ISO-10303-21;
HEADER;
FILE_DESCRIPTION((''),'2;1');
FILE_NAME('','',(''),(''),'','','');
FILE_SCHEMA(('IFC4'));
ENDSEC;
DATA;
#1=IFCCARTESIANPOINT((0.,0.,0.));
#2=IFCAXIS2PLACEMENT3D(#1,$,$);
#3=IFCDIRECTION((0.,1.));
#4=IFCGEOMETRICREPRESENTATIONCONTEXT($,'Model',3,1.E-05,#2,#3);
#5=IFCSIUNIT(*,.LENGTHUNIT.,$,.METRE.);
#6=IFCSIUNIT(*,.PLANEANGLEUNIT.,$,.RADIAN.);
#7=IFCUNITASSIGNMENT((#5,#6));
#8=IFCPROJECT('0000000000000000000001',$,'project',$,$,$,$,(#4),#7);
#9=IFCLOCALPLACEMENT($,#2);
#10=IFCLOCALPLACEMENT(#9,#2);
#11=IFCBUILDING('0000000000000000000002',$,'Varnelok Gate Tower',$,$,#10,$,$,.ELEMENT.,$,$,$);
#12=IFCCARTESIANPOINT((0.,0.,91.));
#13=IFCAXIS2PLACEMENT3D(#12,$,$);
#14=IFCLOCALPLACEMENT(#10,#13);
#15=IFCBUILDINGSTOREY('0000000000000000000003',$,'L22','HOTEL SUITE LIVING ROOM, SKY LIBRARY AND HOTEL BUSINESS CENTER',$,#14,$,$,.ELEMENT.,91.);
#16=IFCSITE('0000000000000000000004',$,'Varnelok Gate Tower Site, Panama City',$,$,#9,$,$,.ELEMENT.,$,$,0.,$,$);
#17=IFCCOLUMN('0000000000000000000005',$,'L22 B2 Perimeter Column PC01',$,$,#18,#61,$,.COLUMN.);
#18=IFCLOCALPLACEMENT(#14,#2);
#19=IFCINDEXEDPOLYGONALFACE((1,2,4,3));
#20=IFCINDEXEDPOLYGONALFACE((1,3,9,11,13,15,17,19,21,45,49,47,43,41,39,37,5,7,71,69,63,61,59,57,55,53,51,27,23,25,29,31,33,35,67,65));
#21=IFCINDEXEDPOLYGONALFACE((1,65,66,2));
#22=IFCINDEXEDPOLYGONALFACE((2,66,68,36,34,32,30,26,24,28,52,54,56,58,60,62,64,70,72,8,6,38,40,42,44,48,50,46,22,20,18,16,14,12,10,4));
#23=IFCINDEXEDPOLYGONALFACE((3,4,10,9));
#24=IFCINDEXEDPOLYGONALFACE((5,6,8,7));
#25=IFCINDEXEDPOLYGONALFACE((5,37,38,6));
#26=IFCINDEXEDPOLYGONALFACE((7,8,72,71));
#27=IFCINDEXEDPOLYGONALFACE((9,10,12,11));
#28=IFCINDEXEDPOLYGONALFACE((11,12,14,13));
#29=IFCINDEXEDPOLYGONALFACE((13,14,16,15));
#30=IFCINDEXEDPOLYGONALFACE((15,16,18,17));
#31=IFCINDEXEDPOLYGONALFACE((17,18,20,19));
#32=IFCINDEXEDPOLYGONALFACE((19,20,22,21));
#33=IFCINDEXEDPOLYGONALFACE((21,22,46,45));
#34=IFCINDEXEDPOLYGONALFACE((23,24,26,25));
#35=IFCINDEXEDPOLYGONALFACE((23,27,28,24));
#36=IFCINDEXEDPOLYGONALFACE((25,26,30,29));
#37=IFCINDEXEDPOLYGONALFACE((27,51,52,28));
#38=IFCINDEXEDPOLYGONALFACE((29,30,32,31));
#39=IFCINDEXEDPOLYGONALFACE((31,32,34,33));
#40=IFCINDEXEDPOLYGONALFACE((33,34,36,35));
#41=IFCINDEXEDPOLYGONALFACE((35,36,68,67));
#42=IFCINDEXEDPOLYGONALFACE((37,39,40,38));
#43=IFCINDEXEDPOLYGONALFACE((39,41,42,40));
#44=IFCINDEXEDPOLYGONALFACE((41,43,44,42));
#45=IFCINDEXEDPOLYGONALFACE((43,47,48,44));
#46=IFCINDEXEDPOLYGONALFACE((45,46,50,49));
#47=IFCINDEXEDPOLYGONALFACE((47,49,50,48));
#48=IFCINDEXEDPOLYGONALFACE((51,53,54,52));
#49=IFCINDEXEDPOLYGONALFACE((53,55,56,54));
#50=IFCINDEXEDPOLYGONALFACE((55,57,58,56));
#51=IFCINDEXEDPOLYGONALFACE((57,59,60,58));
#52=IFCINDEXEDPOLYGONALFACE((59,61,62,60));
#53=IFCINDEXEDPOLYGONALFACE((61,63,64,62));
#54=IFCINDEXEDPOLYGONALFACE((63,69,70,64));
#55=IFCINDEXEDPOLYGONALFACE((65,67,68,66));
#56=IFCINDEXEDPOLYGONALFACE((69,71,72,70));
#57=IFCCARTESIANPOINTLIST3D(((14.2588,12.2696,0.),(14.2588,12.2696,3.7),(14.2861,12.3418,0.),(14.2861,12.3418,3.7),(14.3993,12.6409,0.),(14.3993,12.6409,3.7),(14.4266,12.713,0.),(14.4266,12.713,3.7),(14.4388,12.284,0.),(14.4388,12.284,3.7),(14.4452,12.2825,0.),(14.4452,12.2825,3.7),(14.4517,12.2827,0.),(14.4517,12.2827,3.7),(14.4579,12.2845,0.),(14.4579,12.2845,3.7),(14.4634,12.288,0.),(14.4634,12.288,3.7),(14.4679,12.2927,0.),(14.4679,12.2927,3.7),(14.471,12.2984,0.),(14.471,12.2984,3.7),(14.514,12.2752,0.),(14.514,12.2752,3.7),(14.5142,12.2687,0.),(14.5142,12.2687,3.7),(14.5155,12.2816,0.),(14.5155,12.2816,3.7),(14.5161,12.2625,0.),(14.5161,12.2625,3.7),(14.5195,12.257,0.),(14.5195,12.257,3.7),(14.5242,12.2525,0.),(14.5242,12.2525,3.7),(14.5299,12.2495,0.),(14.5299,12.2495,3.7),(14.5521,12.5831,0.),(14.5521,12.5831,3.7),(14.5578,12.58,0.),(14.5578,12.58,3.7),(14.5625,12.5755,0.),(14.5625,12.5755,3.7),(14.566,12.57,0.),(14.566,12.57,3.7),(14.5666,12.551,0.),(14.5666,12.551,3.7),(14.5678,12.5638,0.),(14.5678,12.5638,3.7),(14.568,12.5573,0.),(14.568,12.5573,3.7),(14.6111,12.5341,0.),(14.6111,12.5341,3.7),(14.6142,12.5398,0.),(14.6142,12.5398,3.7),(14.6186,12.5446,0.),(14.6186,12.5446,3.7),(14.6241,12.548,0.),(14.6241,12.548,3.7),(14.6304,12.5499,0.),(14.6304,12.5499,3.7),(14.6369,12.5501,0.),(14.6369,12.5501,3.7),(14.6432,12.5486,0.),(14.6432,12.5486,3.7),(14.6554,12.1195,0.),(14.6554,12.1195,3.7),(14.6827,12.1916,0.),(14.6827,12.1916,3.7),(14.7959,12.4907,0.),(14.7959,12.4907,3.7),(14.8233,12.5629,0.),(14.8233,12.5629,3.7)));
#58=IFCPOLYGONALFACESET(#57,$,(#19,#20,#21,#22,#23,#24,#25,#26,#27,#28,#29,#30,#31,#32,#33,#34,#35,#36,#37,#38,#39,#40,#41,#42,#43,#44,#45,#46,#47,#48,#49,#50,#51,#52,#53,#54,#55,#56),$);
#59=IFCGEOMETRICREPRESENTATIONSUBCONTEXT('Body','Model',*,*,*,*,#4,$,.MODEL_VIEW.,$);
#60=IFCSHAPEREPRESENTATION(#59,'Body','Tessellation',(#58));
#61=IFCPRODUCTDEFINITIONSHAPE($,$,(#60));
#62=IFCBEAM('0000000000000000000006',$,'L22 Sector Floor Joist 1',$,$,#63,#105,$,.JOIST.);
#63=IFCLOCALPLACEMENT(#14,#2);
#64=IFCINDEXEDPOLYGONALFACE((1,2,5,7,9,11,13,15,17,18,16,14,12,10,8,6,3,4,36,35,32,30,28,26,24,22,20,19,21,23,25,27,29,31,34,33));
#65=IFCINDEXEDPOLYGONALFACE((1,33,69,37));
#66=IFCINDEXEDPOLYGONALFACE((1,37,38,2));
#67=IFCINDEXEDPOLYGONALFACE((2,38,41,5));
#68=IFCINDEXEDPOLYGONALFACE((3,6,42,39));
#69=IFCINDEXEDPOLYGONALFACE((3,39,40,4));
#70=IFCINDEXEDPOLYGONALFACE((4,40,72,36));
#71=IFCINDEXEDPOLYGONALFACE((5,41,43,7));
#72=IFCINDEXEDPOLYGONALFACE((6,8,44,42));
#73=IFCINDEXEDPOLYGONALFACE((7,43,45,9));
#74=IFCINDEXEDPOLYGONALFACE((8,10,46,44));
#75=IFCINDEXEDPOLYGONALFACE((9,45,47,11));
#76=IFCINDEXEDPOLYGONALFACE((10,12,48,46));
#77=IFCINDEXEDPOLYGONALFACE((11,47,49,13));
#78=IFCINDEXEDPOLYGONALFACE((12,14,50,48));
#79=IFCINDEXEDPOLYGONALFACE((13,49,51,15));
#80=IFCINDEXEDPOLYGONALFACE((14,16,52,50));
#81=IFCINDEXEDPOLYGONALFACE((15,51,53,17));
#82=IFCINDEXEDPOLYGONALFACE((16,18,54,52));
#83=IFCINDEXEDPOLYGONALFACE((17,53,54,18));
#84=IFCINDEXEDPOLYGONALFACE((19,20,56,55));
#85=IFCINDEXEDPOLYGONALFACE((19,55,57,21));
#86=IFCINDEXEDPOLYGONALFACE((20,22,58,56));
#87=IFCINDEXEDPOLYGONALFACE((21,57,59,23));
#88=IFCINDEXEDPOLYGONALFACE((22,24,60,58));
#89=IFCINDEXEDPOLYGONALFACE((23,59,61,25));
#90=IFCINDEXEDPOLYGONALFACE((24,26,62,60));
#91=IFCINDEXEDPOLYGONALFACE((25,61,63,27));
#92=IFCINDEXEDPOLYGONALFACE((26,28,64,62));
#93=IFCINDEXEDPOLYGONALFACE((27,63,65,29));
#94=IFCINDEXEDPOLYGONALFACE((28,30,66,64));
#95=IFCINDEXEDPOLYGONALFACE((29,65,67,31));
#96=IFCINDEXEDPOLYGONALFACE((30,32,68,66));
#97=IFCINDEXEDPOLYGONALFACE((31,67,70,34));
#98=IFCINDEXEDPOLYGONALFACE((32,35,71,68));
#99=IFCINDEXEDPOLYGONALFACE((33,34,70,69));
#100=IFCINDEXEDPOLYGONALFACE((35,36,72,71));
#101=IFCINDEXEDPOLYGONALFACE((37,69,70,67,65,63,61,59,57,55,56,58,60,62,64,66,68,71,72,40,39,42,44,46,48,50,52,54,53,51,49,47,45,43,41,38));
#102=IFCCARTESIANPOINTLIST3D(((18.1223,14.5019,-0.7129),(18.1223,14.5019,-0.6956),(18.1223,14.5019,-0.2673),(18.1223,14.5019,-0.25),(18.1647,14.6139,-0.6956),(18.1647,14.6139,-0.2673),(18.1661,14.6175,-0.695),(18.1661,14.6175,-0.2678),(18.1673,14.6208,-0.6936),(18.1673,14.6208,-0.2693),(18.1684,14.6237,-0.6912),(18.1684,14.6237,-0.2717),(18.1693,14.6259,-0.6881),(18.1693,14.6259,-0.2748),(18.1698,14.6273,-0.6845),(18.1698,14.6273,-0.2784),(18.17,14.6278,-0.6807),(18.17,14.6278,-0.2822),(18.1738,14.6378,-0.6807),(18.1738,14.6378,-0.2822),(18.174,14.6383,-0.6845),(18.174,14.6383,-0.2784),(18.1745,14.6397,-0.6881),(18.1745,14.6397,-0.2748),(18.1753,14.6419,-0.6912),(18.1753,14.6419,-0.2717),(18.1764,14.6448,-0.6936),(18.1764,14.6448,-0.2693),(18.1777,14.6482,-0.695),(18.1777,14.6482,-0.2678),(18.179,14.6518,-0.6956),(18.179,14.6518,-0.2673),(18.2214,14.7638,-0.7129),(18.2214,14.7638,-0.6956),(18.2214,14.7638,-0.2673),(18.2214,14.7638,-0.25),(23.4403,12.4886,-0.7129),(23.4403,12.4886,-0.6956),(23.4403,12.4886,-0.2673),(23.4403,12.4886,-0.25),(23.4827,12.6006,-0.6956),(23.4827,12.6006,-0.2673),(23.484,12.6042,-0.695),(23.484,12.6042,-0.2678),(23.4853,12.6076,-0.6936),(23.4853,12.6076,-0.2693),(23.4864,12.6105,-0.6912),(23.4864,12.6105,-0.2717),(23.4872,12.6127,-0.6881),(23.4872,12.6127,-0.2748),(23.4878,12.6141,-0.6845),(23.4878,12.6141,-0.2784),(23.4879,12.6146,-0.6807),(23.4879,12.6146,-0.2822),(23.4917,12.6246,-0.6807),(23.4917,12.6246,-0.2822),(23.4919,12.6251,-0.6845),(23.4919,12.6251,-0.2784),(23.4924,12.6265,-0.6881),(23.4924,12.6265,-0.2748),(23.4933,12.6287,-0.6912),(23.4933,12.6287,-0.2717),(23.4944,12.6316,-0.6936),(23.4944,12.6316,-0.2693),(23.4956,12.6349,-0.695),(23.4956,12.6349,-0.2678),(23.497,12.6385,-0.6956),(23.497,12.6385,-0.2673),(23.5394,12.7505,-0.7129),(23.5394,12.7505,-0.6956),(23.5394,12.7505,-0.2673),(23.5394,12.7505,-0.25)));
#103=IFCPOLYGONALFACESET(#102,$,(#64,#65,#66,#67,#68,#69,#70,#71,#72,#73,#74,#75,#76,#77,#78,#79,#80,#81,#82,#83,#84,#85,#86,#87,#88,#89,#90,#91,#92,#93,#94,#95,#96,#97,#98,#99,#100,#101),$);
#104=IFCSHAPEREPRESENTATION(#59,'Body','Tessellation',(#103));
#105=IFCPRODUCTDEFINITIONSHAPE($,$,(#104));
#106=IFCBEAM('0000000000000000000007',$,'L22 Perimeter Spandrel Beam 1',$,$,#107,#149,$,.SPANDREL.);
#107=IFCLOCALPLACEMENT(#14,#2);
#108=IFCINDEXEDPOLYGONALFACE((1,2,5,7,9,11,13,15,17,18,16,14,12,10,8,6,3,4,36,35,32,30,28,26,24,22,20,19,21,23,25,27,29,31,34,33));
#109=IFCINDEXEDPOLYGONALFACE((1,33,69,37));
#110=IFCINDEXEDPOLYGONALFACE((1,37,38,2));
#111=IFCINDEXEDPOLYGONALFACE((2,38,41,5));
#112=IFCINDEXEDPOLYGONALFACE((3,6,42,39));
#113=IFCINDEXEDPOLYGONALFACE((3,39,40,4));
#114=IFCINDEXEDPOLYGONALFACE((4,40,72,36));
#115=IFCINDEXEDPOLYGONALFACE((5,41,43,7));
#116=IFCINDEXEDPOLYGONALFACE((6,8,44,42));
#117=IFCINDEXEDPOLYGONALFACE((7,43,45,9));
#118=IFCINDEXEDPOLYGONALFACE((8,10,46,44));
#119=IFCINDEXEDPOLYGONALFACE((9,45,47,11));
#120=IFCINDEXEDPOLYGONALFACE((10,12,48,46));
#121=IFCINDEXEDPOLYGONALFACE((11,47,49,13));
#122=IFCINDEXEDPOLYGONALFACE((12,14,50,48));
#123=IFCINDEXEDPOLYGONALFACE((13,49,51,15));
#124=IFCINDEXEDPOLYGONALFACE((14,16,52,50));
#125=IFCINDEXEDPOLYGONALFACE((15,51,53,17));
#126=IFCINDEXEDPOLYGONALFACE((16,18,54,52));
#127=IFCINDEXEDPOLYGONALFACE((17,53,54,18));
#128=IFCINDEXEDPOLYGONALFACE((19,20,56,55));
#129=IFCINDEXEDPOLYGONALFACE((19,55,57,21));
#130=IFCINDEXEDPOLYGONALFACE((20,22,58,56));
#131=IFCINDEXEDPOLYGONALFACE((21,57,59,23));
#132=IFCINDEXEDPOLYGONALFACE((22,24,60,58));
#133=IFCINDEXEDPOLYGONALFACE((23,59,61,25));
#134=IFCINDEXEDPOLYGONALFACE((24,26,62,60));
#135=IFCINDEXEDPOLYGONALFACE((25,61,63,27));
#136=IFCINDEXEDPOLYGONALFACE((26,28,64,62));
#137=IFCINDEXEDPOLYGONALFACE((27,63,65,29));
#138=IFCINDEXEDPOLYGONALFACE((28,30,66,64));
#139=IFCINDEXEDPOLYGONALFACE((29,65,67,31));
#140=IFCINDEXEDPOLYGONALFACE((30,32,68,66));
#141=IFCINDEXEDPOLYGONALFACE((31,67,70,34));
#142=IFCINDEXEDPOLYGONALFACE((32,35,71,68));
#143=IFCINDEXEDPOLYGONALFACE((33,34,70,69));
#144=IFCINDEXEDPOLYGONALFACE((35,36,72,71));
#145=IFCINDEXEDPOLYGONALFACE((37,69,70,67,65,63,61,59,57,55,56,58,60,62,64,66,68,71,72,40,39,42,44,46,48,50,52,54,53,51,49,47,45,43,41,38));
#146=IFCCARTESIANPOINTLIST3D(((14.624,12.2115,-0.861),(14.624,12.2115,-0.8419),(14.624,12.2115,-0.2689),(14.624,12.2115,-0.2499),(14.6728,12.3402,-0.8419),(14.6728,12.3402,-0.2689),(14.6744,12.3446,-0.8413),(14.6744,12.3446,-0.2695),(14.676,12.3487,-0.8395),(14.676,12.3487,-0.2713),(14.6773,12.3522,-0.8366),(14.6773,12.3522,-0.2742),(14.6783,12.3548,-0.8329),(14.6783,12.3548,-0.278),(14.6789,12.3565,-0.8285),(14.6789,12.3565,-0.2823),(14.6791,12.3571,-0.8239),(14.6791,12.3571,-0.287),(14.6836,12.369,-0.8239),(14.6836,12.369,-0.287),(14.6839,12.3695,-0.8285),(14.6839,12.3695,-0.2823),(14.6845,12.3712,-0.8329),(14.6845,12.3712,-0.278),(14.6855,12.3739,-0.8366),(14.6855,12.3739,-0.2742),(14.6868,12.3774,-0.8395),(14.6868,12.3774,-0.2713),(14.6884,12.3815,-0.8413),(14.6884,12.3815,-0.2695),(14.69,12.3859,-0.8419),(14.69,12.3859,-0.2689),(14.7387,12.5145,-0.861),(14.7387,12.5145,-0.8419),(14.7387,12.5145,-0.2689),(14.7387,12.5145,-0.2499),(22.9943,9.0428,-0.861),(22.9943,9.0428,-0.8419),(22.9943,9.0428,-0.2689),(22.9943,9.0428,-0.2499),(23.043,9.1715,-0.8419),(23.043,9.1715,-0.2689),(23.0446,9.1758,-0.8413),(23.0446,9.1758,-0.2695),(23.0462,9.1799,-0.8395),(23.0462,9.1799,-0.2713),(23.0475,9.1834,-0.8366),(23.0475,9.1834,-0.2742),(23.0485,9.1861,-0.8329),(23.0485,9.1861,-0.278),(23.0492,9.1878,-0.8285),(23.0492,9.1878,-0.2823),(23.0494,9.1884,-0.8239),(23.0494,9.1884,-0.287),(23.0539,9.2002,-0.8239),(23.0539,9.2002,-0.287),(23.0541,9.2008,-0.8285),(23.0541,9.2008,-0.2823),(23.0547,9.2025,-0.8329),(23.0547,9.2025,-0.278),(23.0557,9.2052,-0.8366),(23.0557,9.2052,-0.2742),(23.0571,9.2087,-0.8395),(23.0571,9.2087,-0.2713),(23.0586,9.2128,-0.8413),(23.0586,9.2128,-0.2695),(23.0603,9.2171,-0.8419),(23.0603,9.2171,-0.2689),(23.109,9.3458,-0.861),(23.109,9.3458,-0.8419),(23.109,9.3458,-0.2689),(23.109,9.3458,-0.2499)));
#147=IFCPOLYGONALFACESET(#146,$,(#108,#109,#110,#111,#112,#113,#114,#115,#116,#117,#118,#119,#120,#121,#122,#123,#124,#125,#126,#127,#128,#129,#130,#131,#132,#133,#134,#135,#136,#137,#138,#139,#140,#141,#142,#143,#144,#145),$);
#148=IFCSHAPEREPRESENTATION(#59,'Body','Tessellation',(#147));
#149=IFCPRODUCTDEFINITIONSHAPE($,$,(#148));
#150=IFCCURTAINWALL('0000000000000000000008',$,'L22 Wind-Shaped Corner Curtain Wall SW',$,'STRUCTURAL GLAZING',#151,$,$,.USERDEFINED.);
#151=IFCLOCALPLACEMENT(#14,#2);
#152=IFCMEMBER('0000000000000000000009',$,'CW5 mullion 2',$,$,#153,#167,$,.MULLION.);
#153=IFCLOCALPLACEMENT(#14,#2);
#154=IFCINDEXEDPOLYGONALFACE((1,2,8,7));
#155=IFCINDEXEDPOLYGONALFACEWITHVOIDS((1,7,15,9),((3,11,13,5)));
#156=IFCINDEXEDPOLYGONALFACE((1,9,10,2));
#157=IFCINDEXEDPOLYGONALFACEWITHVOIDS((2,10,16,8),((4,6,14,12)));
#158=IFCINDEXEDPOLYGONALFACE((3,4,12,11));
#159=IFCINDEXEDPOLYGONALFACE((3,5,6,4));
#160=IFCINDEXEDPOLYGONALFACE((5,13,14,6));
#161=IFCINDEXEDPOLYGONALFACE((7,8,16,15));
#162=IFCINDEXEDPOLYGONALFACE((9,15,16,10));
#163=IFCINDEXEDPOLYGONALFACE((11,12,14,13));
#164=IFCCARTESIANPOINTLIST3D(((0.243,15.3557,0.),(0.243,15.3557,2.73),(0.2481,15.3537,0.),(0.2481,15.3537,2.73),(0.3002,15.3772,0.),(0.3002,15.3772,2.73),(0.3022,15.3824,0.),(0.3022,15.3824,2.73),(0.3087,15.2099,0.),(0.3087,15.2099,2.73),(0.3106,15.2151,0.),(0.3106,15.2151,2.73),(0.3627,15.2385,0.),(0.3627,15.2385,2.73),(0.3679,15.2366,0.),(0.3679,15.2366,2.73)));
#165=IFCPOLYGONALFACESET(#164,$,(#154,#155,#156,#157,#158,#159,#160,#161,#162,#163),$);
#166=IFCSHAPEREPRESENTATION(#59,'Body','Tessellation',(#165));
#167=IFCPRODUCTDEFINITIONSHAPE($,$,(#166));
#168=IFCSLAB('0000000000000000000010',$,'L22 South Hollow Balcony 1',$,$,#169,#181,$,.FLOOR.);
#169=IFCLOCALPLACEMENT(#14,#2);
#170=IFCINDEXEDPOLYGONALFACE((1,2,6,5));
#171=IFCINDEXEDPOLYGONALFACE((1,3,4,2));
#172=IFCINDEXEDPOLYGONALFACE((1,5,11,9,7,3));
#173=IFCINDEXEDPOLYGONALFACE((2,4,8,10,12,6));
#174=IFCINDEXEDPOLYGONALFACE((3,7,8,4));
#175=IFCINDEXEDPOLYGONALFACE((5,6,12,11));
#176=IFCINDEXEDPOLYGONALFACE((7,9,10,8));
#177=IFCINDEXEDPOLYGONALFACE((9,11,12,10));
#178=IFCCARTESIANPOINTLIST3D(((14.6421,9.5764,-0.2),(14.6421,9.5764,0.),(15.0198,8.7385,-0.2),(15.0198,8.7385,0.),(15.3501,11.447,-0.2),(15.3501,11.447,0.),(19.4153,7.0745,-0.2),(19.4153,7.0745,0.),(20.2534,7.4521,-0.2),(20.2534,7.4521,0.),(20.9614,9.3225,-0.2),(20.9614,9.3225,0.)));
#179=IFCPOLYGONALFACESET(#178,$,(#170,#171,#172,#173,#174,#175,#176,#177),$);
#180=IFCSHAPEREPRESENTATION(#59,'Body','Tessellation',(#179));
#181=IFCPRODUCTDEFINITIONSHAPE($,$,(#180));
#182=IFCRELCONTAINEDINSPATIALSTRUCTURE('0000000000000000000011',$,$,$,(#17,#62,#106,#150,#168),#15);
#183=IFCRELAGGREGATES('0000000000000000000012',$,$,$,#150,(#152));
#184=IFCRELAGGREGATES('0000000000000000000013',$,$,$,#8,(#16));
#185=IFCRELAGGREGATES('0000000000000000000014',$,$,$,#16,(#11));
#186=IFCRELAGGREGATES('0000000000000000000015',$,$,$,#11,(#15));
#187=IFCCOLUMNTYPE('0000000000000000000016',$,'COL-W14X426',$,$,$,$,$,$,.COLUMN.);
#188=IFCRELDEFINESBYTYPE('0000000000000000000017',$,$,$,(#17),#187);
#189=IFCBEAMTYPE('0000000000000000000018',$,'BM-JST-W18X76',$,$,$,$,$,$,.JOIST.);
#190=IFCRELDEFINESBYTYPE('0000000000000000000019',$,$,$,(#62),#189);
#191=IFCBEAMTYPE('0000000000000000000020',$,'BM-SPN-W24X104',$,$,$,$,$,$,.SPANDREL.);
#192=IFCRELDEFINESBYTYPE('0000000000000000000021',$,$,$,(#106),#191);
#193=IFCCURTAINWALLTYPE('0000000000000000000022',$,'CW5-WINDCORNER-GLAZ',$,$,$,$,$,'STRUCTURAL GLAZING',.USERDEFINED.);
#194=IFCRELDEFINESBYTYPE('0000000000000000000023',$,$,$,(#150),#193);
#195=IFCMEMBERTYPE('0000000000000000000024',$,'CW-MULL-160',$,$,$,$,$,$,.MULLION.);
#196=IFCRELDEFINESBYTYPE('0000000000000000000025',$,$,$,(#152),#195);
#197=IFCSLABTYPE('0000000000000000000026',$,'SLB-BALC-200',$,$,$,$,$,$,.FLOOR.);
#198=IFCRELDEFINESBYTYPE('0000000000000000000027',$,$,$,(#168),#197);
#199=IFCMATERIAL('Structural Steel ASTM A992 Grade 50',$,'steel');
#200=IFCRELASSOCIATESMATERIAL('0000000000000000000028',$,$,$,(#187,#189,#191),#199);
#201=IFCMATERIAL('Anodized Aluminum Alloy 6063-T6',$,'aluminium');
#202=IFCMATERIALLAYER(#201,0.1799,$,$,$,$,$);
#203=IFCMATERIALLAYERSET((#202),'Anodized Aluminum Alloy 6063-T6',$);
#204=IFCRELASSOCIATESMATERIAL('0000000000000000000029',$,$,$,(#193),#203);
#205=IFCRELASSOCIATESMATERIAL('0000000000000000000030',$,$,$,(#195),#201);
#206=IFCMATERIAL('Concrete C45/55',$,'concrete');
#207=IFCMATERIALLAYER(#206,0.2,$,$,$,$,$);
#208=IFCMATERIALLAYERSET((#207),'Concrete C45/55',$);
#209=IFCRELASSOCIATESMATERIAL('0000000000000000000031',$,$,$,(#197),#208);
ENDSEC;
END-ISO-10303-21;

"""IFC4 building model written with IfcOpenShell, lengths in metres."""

from ifc_helpers import new_model, si_unit, direction, frame, origin, origin_2d, place, context, subcontext, project, spatial, polyline, hollow_rectangle, i_section, outline, extrude, material, layer, layer_set, material_profile, profile_set, type_object, element, aggregate, save


model = new_model("IFC4")

# Units and contexts
model_context = context("Model", 3, precision=1e-05, world=origin(), true_north=direction((0.0, 1.0)))
body_context = subcontext(model_context, "Body", "Model", "MODEL_VIEW")
ifc_project = project(units=[si_unit("LENGTHUNIT", "METRE"), si_unit("PLANEANGLEUNIT", "RADIAN")], contexts=[model_context])

# Site, building, storey
site_placement = place(None, origin())
site = spatial("IfcSite", under=ifc_project, at=site_placement, Name="Varnelok Gate Tower Site, Panama City", CompositionType="ELEMENT", RefElevation=0.0)
building_placement = place(site_placement, origin())
building = spatial("IfcBuilding", under=site, at=building_placement, Name="Varnelok Gate Tower", CompositionType="ELEMENT")
storey_placement = place(building_placement, frame((0.0, 0.0, 91.0)))
storey = spatial("IfcBuildingStorey", under=building, at=storey_placement, Name="L22", Description="HOTEL SUITE LIVING ROOM, SKY LIBRARY AND HOTEL BUSINESS CENTER", CompositionType="ELEMENT", Elevation=91.0)

# Column
ifc_material_1 = material(Name="Structural Steel ASTM A992 Grade 50", Category="steel")
ifc_material_profile_1 = material_profile(ifc_material_1, i_section(OverallWidth=0.4241, OverallDepth=0.4741, WebThickness=0.0476, FlangeThickness=0.0771, FilletRadius=0.0249, at=origin_2d()), Name="W14X426")
ifc_profile_set_1 = profile_set([ifc_material_profile_1], Name="Structural Steel ASTM A992 Grade 50")
column_type = type_object("IfcColumnType", Name="COL-W14X426", PredefinedType="COLUMN", material=ifc_profile_set_1)
column_placement = place(storey_placement, frame((14.541, 12.4163, 0.0), z_axis=(0.0, 0.0, 1.0), x_axis=(0.935222, -0.354063, 0.0)))
element("IfcColumn", 1, at=column_placement, inside=storey, type_object=column_type, Name="L22 B2 Perimeter Column PC01", PredefinedType="COLUMN", context=body_context, shape_type="SweptSolid", body=[
    extrude(i_section(OverallWidth=0.4241, OverallDepth=0.4741, WebThickness=0.0476, FlangeThickness=0.0771, FilletRadius=0.0249, at=origin_2d()), origin(), (0.0, 0.0, 1.0), 3.7),
])

# Beams
ifc_material_profile_2 = material_profile(ifc_material_1, i_section(OverallWidth=0.28, OverallDepth=0.4629, WebThickness=0.0107, FlangeThickness=0.0173, FilletRadius=0.0149, at=origin_2d()), Name="W18X76")
ifc_profile_set_2 = profile_set([ifc_material_profile_2], Name="Structural Steel ASTM A992 Grade 50")
beam_type_1 = type_object("IfcBeamType", Name="BM-JST-W18X76", PredefinedType="JOIST", material=ifc_profile_set_2)
beam_1_placement = place(storey_placement, frame((18.1719, 14.6328, -0.4814), z_axis=(0.935227, -0.354048, 0.0), x_axis=(0.354048, 0.935227, 0.0)))
element("IfcBeam", 2, at=beam_1_placement, inside=storey, type_object=beam_type_1, Name="L22 Sector Floor Joist 1", PredefinedType="JOIST", context=body_context, shape_type="SweptSolid", body=[
    extrude(i_section(OverallWidth=0.28, OverallDepth=0.4629, WebThickness=0.0107, FlangeThickness=0.0173, FilletRadius=0.0149, at=origin_2d()), origin(), (0.0, 0.0, 1.0), 5.6863),
])
ifc_material_profile_3 = material_profile(ifc_material_1, i_section(OverallWidth=0.324, OverallDepth=0.6111, WebThickness=0.0127, FlangeThickness=0.019, FilletRadius=0.0181, at=origin_2d()), Name="W24X104")
ifc_profile_set_3 = profile_set([ifc_material_profile_3], Name="Structural Steel ASTM A992 Grade 50")
beam_type_2 = type_object("IfcBeamType", Name="BM-SPN-W24X104", PredefinedType="SPANDREL", material=ifc_profile_set_3)
beam_2_placement = place(storey_placement, frame((14.6814, 12.363, -0.5554), z_axis=(0.935226, -0.354051, 0.0), x_axis=(0.354051, 0.935226, 0.0)))
element("IfcBeam", 3, at=beam_2_placement, inside=storey, type_object=beam_type_2, Name="L22 Perimeter Spandrel Beam 1", PredefinedType="SPANDREL", context=body_context, shape_type="SweptSolid", body=[
    extrude(i_section(OverallWidth=0.324, OverallDepth=0.6111, WebThickness=0.0127, FlangeThickness=0.019, FilletRadius=0.0181, at=origin_2d()), origin(), (0.0, 0.0, 1.0), 8.95),
])

# Curtain wall, member
ifc_material_2 = material(Name="Anodized Aluminum Alloy 6063-T6", Category="aluminium")
ifc_layer_1 = layer(ifc_material_2, 0.1799)
ifc_layer_set_1 = layer_set([ifc_layer_1], Name="Anodized Aluminum Alloy 6063-T6")
curtain_wall_type = type_object("IfcCurtainWallType", Name="CW5-WINDCORNER-GLAZ", ElementType="STRUCTURAL GLAZING", PredefinedType="USERDEFINED", material=ifc_layer_set_1)
curtain_wall_placement = place(storey_placement, origin())
curtain_wall = element("IfcCurtainWall", 4, at=curtain_wall_placement, inside=storey, type_object=curtain_wall_type, Name="L22 Wind-Shaped Corner Curtain Wall SW", ObjectType="STRUCTURAL GLAZING", PredefinedType="USERDEFINED")
ifc_material_profile_4 = material_profile(ifc_material_2, hollow_rectangle(XDim=0.0649, YDim=0.1599, WallThickness=0.0039, at=origin_2d()), Name="ALU160X65X4")
ifc_profile_set_4 = profile_set([ifc_material_profile_4], Name="Anodized Aluminum Alloy 6063-T6")
member_type = type_object("IfcMemberType", Name="CW-MULL-160", PredefinedType="MULLION", material=ifc_profile_set_4)
member_placement = place(storey_placement, frame((0.3054, 15.2961, 0.0), z_axis=(0.0, 0.0, 1.0), x_axis=(0.911664, 0.410937, 0.0)))
member = element("IfcMember", 5, at=member_placement, type_object=member_type, Name="CW5 mullion 2", PredefinedType="MULLION", context=body_context, shape_type="SweptSolid", body=[
    extrude(hollow_rectangle(XDim=0.0649, YDim=0.1599, WallThickness=0.0039, at=origin_2d()), origin(), (0.0, 0.0, 1.0), 2.73),
])
aggregate(curtain_wall, [member])

# Slab
ifc_material_3 = material(Name="Concrete C45/55", Category="concrete")
ifc_layer_2 = layer(ifc_material_3, 0.2)
ifc_layer_set_2 = layer_set([ifc_layer_2], Name="Concrete C45/55")
slab_type_1 = type_object("IfcSlabType", Name="SLB-BALC-200", PredefinedType="FLOOR", material=ifc_layer_set_2)
slab_1_placement = place(storey_placement, frame((0.0, 0.0, -0.2)))
element("IfcSlab", 6, at=slab_1_placement, inside=storey, type_object=slab_type_1, Name="L22 South Hollow Balcony 1", PredefinedType="FLOOR", context=body_context, shape_type="SweptSolid", body=[
    extrude(outline(polyline([(14.6421, 9.5764), (15.0198, 8.7385), (19.4153, 7.0745), (20.2534, 7.4521), (20.9614, 9.3225), (15.3501, 11.447), (14.6421, 9.5764)])), origin(), (0.0, 0.0, 1.0), 0.2),
])

save(model, "model.ifc")
